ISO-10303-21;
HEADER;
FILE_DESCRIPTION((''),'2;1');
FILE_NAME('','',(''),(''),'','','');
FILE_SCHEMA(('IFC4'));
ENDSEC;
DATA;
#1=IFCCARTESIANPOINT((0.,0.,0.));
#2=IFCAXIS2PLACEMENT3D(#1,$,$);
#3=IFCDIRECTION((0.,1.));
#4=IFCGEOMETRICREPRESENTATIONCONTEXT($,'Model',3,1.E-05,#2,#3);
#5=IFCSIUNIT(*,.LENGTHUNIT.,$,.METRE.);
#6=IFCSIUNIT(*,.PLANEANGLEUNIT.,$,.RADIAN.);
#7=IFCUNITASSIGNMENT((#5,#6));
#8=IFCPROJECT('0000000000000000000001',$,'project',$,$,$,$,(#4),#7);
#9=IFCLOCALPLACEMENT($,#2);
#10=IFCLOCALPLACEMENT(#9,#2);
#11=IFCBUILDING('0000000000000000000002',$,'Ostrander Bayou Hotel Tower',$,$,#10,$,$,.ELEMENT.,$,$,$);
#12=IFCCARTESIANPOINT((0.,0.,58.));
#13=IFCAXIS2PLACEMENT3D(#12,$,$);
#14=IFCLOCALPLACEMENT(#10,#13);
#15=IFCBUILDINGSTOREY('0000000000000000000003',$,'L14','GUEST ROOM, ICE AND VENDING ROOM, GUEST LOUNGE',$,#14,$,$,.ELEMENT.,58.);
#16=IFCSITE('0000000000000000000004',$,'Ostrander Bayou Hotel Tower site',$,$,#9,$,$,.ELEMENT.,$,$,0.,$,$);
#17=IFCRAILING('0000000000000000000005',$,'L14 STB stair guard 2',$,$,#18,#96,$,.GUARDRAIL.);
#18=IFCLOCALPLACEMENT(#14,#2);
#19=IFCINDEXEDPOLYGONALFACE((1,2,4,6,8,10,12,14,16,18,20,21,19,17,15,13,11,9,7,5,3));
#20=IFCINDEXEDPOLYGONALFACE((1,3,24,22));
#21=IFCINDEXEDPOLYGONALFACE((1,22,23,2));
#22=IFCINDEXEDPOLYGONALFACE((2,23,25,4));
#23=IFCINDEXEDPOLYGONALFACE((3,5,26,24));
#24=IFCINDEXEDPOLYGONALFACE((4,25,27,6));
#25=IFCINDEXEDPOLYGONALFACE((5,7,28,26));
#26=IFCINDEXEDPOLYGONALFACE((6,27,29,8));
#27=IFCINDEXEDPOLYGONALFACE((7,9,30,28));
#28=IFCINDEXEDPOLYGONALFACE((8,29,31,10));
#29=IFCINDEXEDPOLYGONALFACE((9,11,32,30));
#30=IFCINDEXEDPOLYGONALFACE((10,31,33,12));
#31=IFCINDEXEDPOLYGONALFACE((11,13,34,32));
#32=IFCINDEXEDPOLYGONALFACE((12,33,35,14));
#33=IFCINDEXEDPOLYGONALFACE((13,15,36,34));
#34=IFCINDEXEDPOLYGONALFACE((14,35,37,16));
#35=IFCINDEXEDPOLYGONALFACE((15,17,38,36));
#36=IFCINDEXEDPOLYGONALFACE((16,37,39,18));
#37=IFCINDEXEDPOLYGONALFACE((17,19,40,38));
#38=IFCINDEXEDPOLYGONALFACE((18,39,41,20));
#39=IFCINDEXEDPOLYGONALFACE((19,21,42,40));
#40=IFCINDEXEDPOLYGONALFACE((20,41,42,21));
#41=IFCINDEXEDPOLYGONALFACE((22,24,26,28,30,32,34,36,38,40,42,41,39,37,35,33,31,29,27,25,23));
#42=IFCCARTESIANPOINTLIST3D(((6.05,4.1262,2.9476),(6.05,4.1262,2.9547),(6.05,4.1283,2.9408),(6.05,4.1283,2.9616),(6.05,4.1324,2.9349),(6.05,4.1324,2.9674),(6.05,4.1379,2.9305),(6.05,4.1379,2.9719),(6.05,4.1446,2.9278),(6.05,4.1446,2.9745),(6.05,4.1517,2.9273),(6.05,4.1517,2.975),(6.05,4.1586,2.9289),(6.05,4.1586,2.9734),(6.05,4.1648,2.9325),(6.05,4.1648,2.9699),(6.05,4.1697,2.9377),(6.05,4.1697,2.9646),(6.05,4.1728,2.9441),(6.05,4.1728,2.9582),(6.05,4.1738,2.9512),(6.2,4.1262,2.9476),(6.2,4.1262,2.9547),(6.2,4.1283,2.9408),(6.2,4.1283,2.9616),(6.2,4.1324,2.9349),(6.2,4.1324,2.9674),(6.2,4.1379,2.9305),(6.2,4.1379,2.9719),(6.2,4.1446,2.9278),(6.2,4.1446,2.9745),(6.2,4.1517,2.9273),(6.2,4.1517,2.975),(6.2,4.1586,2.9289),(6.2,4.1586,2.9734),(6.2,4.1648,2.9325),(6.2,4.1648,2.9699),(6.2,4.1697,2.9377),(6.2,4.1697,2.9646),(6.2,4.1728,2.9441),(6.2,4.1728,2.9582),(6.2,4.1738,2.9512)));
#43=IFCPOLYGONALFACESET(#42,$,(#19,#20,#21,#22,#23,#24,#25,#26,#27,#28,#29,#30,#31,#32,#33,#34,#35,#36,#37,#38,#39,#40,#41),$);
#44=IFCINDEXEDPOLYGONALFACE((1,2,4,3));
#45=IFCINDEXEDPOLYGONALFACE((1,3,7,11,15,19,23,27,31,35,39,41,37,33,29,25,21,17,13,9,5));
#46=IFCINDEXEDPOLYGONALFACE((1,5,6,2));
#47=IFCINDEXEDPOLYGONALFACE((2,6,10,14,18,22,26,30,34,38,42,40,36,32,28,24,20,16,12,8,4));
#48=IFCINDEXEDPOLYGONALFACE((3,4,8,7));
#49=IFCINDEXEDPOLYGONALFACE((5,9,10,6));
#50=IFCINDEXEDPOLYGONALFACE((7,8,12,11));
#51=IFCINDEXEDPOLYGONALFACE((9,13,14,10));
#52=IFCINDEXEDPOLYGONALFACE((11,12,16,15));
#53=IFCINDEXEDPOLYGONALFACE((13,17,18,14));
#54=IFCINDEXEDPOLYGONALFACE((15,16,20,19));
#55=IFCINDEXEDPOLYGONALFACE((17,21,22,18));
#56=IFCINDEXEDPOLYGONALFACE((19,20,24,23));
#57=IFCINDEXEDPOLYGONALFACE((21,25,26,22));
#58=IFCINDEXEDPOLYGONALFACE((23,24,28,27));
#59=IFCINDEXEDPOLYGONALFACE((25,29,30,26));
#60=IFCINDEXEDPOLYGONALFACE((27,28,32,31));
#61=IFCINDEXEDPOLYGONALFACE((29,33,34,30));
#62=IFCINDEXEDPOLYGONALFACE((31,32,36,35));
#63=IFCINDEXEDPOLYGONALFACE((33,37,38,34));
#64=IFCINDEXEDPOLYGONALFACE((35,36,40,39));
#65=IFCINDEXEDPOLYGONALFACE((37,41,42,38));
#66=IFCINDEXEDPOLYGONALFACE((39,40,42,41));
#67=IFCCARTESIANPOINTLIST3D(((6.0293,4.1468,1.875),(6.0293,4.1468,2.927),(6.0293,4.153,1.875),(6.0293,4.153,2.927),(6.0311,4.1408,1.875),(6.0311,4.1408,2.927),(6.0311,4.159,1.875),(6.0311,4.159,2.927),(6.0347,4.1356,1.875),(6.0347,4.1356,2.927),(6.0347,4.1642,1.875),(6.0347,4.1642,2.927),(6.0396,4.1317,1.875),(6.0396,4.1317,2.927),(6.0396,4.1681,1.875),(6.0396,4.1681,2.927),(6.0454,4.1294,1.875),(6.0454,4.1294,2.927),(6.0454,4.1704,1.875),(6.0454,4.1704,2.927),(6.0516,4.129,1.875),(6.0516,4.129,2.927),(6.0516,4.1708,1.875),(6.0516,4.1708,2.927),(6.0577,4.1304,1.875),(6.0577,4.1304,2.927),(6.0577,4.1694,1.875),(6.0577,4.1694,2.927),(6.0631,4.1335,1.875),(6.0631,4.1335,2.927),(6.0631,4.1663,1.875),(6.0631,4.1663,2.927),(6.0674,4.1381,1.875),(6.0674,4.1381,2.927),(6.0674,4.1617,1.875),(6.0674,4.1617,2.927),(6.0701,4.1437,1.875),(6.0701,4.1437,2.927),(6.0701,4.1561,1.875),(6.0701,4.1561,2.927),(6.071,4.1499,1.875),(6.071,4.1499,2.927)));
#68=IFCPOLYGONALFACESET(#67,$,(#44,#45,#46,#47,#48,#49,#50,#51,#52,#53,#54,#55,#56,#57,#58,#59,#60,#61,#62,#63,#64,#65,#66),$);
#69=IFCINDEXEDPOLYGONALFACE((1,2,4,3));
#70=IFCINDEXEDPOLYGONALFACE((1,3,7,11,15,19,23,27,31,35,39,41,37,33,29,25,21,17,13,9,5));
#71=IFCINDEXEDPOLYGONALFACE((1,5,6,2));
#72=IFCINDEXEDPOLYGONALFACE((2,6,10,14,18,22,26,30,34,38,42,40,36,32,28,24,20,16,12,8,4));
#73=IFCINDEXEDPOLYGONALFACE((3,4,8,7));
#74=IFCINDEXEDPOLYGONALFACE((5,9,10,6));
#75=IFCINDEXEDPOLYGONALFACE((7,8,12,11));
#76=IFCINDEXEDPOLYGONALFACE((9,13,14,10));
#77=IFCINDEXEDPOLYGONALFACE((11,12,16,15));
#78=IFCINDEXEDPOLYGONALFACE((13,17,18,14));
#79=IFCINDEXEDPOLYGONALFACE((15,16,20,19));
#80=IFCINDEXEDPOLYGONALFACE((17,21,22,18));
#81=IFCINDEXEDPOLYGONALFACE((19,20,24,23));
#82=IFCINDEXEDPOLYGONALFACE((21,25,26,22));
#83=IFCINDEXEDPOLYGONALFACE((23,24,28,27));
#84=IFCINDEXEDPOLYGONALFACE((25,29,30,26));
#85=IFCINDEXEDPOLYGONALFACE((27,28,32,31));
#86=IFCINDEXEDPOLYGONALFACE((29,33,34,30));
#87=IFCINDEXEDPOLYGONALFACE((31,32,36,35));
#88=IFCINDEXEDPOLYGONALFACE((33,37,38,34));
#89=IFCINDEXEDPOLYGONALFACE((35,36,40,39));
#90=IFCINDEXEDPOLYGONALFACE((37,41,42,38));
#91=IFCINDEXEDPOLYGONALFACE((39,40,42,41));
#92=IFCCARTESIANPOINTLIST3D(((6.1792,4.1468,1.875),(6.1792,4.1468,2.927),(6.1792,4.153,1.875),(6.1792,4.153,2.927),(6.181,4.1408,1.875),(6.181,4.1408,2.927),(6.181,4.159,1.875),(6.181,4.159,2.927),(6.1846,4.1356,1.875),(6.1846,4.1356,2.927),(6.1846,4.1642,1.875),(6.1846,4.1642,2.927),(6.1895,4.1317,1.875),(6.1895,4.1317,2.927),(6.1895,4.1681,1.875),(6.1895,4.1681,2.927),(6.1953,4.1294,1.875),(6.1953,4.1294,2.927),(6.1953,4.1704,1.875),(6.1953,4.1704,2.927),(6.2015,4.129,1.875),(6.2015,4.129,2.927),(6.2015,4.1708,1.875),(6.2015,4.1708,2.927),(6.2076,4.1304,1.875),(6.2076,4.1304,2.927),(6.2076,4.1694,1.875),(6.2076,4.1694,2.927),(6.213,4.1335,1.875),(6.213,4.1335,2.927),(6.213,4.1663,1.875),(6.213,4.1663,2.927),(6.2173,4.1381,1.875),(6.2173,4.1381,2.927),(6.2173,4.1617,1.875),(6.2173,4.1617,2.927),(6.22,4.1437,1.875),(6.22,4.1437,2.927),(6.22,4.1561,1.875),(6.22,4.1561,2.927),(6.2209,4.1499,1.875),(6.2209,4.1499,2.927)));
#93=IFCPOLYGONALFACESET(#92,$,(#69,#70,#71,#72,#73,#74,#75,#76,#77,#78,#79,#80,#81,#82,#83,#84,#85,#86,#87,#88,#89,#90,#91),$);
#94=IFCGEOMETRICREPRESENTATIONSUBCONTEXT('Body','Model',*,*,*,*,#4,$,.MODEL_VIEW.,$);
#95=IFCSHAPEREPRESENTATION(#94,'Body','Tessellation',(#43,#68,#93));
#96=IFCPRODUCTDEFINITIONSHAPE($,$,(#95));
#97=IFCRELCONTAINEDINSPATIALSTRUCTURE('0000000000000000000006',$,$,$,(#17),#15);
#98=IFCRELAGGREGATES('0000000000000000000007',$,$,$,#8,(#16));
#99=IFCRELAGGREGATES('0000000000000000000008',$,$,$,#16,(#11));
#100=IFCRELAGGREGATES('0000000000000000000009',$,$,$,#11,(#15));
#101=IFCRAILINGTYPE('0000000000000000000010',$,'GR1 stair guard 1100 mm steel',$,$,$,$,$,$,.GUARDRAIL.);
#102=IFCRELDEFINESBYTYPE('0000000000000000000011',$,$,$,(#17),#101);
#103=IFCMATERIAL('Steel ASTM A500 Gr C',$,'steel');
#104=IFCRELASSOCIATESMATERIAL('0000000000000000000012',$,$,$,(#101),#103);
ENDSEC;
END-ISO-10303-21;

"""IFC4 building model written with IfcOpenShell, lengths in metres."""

from ifc_helpers import new_model, si_unit, direction, frame, origin, origin_2d, place, context, subcontext, project, spatial, circle, extrude, material, type_object, element, save


model = new_model("IFC4")

# Units and contexts
model_context = context("Model", 3, precision=1e-05, world=origin(), true_north=direction((0.0, 1.0)))
body_context = subcontext(model_context, "Body", "Model", "MODEL_VIEW")
ifc_project = project(units=[si_unit("LENGTHUNIT", "METRE"), si_unit("PLANEANGLEUNIT", "RADIAN")], contexts=[model_context])

# Site, building, storey
site_placement = place(None, origin())
site = spatial("IfcSite", under=ifc_project, at=site_placement, Name="Ostrander Bayou Hotel Tower site", CompositionType="ELEMENT", RefElevation=0.0)
building_placement = place(site_placement, origin())
building = spatial("IfcBuilding", under=site, at=building_placement, Name="Ostrander Bayou Hotel Tower", CompositionType="ELEMENT")
storey_placement = place(building_placement, frame((0.0, 0.0, 58.0)))
storey = spatial("IfcBuildingStorey", under=building, at=storey_placement, Name="L14", Description="GUEST ROOM, ICE AND VENDING ROOM, GUEST LOUNGE", CompositionType="ELEMENT", Elevation=58.0)

# Railing
ifc_material_1 = material(Name="Steel ASTM A500 Gr C", Category="steel")
railing_type_1 = type_object("IfcRailingType", Name="GR1 stair guard 1100 mm steel", PredefinedType="GUARDRAIL", material=ifc_material_1)
railing_1_placement = place(storey_placement, frame((6.05, 4.1499, 1.875)))
element("IfcRailing", 1, at=railing_1_placement, inside=storey, type_object=railing_type_1, Name="L14 STB stair guard 2", PredefinedType="GUARDRAIL", context=body_context, shape_type="SweptSolid", body=[
    extrude(circle(Radius=0.0239, at=origin_2d()), frame((0.0, 0.0, 1.0762), z_axis=(1.0, 0.0, 0.0), x_axis=(0.0, 1.0, 0.0)), (0.0, 0.0, 1.0), 0.1499),
    extrude(circle(Radius=0.021, at=origin_2d()), origin(), (0.0, 0.0, 1.0), 1.052),
    extrude(circle(Radius=0.021, at=origin_2d()), frame((0.1499, 0.0, 0.0)), (0.0, 0.0, 1.0), 1.052),
])

save(model, "model.ifc")
